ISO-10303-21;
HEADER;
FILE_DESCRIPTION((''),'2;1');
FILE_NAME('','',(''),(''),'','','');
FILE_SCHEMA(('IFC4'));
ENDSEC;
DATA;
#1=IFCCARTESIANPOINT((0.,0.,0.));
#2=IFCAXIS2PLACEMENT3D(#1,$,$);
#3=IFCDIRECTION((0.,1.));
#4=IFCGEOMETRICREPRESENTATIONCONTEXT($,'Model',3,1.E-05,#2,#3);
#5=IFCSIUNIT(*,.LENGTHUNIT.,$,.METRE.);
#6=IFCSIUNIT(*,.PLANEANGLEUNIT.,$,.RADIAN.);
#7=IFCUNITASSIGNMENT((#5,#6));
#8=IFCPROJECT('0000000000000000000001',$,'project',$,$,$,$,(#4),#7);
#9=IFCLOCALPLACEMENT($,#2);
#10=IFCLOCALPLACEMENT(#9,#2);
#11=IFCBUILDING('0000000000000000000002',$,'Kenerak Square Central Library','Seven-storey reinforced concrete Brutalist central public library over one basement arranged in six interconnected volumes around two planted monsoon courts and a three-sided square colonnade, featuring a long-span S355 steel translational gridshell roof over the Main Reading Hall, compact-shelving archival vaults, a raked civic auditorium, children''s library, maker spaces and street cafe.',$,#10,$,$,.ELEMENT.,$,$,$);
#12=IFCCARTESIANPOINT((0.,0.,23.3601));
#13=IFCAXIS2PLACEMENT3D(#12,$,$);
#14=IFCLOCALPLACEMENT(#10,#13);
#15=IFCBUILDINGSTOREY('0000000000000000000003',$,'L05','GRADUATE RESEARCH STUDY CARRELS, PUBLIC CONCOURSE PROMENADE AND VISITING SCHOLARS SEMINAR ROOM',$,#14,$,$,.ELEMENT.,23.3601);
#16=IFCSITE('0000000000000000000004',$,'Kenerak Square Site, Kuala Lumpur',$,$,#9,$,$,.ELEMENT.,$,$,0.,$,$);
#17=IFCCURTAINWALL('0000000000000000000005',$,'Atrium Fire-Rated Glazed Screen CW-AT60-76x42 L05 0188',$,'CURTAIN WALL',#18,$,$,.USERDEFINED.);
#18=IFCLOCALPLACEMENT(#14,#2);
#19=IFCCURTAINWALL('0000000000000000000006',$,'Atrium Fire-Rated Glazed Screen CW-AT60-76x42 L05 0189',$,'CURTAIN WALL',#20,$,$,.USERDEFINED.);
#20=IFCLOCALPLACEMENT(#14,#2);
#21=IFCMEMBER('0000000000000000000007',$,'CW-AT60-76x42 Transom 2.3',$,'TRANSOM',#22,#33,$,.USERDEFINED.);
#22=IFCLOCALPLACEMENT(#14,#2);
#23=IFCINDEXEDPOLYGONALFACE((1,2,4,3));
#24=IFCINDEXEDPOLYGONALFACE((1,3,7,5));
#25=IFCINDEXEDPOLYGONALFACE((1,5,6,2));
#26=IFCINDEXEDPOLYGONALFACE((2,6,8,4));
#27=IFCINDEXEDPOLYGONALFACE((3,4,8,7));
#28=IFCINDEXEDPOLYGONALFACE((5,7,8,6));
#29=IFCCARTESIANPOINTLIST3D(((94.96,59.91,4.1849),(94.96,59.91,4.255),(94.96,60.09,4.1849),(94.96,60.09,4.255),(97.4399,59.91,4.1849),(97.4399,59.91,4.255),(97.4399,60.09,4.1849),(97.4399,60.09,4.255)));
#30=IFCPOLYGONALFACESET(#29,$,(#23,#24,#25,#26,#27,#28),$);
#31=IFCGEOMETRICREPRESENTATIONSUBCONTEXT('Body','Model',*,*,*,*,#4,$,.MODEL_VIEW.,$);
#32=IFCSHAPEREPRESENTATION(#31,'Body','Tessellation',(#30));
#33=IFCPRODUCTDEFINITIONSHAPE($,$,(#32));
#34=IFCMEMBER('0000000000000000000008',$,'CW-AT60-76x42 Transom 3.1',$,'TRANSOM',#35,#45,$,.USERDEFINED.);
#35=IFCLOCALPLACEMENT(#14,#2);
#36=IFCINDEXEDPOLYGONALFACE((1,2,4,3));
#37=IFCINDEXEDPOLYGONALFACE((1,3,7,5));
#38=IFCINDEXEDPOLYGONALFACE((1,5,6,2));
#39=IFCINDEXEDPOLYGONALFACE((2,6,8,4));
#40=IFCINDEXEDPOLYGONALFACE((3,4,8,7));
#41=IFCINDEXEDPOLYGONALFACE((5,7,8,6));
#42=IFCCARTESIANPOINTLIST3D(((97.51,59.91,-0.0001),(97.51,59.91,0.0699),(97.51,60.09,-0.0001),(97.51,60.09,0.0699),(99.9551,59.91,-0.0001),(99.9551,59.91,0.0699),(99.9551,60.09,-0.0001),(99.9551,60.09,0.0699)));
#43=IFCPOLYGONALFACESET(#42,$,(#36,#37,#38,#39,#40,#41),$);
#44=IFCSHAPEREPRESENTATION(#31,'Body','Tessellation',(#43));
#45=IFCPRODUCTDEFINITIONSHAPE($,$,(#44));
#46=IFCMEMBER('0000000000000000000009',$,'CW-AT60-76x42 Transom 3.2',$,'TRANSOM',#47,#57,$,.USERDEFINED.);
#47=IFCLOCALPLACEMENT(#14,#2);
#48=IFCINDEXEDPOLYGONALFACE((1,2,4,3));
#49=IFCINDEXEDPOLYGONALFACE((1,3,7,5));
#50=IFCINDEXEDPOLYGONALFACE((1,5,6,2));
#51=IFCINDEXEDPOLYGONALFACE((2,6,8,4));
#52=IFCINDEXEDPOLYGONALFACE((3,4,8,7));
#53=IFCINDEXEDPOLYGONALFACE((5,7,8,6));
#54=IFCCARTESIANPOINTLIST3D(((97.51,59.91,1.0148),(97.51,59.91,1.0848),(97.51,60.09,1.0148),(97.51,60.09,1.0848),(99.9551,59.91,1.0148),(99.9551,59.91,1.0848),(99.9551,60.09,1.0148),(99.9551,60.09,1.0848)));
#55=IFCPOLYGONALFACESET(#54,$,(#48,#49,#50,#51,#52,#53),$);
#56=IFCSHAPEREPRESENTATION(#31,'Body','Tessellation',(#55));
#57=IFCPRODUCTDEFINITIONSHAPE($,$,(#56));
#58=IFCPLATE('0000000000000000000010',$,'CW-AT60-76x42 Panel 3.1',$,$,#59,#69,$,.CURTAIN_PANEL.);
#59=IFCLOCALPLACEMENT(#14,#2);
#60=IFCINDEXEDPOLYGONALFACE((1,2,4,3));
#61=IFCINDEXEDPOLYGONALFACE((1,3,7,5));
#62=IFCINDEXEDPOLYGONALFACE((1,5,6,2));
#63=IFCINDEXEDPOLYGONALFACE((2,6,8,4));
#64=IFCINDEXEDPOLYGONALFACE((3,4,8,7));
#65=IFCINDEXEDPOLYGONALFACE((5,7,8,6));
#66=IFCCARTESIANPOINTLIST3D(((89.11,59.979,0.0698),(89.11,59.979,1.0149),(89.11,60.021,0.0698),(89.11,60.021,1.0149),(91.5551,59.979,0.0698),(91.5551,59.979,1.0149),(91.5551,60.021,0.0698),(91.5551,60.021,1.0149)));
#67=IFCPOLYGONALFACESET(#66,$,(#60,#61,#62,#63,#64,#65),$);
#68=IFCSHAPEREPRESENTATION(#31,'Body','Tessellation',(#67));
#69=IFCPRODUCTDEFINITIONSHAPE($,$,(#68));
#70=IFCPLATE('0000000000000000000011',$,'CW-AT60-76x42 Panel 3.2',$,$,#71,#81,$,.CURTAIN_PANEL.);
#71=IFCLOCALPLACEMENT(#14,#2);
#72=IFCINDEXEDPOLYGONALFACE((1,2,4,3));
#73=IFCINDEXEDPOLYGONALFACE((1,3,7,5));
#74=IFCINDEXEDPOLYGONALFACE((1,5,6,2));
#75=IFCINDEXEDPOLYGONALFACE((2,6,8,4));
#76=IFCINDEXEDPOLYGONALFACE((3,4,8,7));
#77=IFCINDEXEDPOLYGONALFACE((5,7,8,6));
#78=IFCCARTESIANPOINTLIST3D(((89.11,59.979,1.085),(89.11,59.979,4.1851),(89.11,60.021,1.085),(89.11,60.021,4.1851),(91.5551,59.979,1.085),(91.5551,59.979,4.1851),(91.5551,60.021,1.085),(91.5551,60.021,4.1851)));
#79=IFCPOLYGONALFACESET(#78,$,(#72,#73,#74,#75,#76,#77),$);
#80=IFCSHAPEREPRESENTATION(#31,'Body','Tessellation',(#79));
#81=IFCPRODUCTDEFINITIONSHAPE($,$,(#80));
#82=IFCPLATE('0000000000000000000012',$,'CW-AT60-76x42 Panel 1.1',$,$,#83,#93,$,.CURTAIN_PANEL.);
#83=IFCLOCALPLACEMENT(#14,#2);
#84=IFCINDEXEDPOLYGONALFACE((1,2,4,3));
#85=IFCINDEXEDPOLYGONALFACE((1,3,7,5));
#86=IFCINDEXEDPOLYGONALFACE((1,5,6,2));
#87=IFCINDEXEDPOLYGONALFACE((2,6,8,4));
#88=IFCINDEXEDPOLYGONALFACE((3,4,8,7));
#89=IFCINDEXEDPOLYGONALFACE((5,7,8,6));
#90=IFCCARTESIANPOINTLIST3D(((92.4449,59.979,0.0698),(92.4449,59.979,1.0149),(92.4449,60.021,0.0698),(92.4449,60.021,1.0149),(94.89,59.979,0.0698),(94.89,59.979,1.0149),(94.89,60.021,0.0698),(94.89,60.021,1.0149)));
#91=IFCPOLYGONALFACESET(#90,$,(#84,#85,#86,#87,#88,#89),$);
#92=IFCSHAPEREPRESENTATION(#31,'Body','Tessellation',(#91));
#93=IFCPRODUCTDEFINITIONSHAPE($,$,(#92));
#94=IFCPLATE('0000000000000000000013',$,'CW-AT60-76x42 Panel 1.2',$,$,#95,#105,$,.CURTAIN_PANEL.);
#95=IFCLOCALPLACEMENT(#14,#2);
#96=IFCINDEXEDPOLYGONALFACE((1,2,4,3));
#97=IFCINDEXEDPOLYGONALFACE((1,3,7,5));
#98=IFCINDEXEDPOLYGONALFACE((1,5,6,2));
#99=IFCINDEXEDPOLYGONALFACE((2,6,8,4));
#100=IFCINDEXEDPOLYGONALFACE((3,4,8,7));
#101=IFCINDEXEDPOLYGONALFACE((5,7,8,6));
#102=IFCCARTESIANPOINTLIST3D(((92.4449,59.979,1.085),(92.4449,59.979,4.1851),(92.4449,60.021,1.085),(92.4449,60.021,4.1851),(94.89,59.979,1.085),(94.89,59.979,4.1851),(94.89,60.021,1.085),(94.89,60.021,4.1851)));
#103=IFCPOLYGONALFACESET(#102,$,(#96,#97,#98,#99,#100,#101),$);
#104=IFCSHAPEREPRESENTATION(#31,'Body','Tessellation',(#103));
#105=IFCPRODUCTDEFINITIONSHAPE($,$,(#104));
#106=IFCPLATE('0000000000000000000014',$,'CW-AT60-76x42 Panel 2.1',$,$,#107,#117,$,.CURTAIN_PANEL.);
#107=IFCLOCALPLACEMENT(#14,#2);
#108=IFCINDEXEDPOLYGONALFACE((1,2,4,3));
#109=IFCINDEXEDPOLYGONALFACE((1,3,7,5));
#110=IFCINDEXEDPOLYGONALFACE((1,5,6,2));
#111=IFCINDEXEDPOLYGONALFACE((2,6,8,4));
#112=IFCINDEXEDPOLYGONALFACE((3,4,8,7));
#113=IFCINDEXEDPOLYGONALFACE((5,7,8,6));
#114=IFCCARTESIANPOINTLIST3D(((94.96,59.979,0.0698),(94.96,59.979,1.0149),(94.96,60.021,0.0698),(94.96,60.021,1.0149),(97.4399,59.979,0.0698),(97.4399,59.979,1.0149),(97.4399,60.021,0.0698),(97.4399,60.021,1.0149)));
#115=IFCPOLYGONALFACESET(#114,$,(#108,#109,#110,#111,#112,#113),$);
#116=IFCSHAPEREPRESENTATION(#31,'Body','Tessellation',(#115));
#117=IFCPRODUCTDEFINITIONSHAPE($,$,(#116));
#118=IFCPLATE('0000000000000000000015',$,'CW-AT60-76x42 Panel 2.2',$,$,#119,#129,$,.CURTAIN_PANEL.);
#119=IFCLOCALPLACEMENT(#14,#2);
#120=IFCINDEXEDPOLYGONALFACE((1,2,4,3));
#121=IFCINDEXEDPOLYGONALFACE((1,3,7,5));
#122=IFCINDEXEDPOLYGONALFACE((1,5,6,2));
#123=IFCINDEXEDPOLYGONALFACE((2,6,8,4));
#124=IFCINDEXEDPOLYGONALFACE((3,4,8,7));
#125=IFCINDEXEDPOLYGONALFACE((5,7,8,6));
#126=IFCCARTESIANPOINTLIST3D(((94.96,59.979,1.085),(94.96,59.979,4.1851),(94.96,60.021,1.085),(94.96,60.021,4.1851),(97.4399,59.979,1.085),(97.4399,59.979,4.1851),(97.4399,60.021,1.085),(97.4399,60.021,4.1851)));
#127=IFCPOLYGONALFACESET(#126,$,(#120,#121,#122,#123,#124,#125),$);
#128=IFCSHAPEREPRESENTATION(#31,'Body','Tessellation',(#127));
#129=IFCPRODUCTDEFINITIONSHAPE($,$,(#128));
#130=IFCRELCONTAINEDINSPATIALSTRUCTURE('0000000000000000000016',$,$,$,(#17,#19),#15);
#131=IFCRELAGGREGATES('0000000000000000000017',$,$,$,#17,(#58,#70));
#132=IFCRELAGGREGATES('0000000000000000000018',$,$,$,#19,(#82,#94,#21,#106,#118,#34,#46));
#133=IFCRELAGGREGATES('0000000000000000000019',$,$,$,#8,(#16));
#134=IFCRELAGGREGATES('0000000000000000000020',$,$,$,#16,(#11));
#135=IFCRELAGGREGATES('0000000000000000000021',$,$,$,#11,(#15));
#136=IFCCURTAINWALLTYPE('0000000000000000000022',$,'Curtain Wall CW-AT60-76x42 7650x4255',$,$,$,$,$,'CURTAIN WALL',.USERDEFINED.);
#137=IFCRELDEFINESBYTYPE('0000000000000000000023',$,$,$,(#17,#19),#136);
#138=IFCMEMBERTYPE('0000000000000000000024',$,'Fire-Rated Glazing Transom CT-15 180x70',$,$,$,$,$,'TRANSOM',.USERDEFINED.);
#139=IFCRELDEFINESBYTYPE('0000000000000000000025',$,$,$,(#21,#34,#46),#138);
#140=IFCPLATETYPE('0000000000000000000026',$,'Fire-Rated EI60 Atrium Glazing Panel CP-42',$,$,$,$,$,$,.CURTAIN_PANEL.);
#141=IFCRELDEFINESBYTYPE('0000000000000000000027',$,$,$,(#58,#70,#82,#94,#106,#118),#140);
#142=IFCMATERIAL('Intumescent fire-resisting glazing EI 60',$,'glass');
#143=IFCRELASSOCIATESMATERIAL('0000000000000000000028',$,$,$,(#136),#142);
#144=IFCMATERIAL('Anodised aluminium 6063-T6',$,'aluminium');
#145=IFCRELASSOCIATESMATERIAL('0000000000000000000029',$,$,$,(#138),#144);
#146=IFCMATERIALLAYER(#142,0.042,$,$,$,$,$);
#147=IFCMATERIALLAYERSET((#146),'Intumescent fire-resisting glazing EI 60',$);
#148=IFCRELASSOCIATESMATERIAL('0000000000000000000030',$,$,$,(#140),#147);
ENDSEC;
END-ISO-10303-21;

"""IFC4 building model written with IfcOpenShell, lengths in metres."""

from ifc_helpers import new_model, si_unit, direction, frame, origin, origin_2d, place, context, subcontext, project, spatial, rectangle, extrude, material, layer, layer_set, material_profile, profile_set, type_object, element, aggregate, save


model = new_model("IFC4")

# Units and contexts
model_context = context("Model", 3, precision=1e-05, world=origin(), true_north=direction((0.0, 1.0)))
body_context = subcontext(model_context, "Body", "Model", "MODEL_VIEW")
ifc_project = project(units=[si_unit("LENGTHUNIT", "METRE"), si_unit("PLANEANGLEUNIT", "RADIAN")], contexts=[model_context])

# Site, building, storey
site_placement = place(None, origin())
site = spatial("IfcSite", under=ifc_project, at=site_placement, Name="Kenerak Square Site, Kuala Lumpur", CompositionType="ELEMENT", RefElevation=0.0)
building_placement = place(site_placement, origin())
building = spatial("IfcBuilding", under=site, at=building_placement, Name="Kenerak Square Central Library", Description="Seven-storey reinforced concrete Brutalist central public library over one basement arranged in six interconnected volumes around two planted monsoon courts and a three-sided square colonnade, featuring a long-span S355 steel translational gridshell roof over the Main Reading Hall, compact-shelving archival vaults, a raked civic auditorium, children's library, maker spaces and street cafe.", CompositionType="ELEMENT")
storey_placement = place(building_placement, frame((0.0, 0.0, 23.3601)))
storey = spatial("IfcBuildingStorey", under=building, at=storey_placement, Name="L05", Description="GRADUATE RESEARCH STUDY CARRELS, PUBLIC CONCOURSE PROMENADE AND VISITING SCHOLARS SEMINAR ROOM", CompositionType="ELEMENT", Elevation=23.3601)

# Curtain wall
ifc_material_1 = material(Name="Intumescent fire-resisting glazing EI 60", Category="glass")
curtain_wall_type = type_object("IfcCurtainWallType", Name="Curtain Wall CW-AT60-76x42 7650x4255", ElementType="CURTAIN WALL", PredefinedType="USERDEFINED", material=ifc_material_1)
curtain_wall_1_placement = place(storey_placement, origin())
curtain_wall_1 = element("IfcCurtainWall", 1, at=curtain_wall_1_placement, inside=storey, type_object=curtain_wall_type, Name="Atrium Fire-Rated Glazed Screen CW-AT60-76x42 L05 0188", ObjectType="CURTAIN WALL", PredefinedType="USERDEFINED")
ifc_material_2 = material(Name="Anodised aluminium 6063-T6", Category="aluminium")

# Curtain wall
curtain_wall_2_placement = place(storey_placement, origin())
curtain_wall_2 = element("IfcCurtainWall", 2, at=curtain_wall_2_placement, inside=storey, type_object=curtain_wall_type, Name="Atrium Fire-Rated Glazed Screen CW-AT60-76x42 L05 0189", ObjectType="CURTAIN WALL", PredefinedType="USERDEFINED")

# Members
ifc_material_profile_1 = material_profile(ifc_material_2, rectangle(XDim=0.1799, YDim=0.0701, at=origin_2d()), Name="AL TRANSOM 180x70")
ifc_profile_set_1 = profile_set([ifc_material_profile_1], Name="Anodised aluminium 6063-T6")
member_type_1 = type_object("IfcMemberType", Name="Fire-Rated Glazing Transom CT-15 180x70", ElementType="TRANSOM", PredefinedType="USERDEFINED", material=ifc_profile_set_1)
member_1_placement = place(storey_placement, frame((94.96, 60.0, 4.22), z_axis=(1.0, 0.0, 0.0), x_axis=(0.0, 1.0, 0.0)))
member_1 = element("IfcMember", 3, at=member_1_placement, type_object=member_type_1, Name="CW-AT60-76x42 Transom 2.3", ObjectType="TRANSOM", PredefinedType="USERDEFINED", context=body_context, shape_type="SweptSolid", body=[
    extrude(rectangle(XDim=0.1799, YDim=0.0701, at=origin_2d()), origin(), (0.0, 0.0, 1.0), 2.48),
])
member_2_placement = place(storey_placement, frame((97.51, 60.0, 0.0349), z_axis=(1.0, 0.0, 0.0), x_axis=(0.0, 1.0, 0.0)))
member_2 = element("IfcMember", 4, at=member_2_placement, type_object=member_type_1, Name="CW-AT60-76x42 Transom 3.1", ObjectType="TRANSOM", PredefinedType="USERDEFINED", context=body_context, shape_type="SweptSolid", body=[
    extrude(rectangle(XDim=0.1799, YDim=0.0701, at=origin_2d()), origin(), (0.0, 0.0, 1.0), 2.4451),
])
member_3_placement = place(storey_placement, frame((97.51, 60.0, 1.0498), z_axis=(1.0, 0.0, 0.0), x_axis=(0.0, 1.0, 0.0)))
member_3 = element("IfcMember", 5, at=member_3_placement, type_object=member_type_1, Name="CW-AT60-76x42 Transom 3.2", ObjectType="TRANSOM", PredefinedType="USERDEFINED", context=body_context, shape_type="SweptSolid", body=[
    extrude(rectangle(XDim=0.1799, YDim=0.0701, at=origin_2d()), origin(), (0.0, 0.0, 1.0), 2.4451),
])

# Plates
ifc_layer = layer(ifc_material_1, 0.042)
ifc_layer_set = layer_set([ifc_layer], Name="Intumescent fire-resisting glazing EI 60")
plate_type = type_object("IfcPlateType", Name="Fire-Rated EI60 Atrium Glazing Panel CP-42", PredefinedType="CURTAIN_PANEL", material=ifc_layer_set)
plate_1_placement = place(storey_placement, frame((90.3325, 60.0, 0.0698), z_axis=(0.0, 0.0, 1.0), x_axis=(1.0, 0.0, 0.0)))
plate_1 = element("IfcPlate", 6, at=plate_1_placement, type_object=plate_type, Name="CW-AT60-76x42 Panel 3.1", PredefinedType="CURTAIN_PANEL", context=body_context, shape_type="SweptSolid", body=[
    extrude(rectangle(XDim=2.4451, YDim=0.042, at=origin_2d()), origin(), (0.0, 0.0, 1.0), 0.9451),
])
plate_2_placement = place(storey_placement, frame((90.3325, 60.0, 1.085), z_axis=(0.0, 0.0, 1.0), x_axis=(1.0, 0.0, 0.0)))
plate_2 = element("IfcPlate", 7, at=plate_2_placement, type_object=plate_type, Name="CW-AT60-76x42 Panel 3.2", PredefinedType="CURTAIN_PANEL", context=body_context, shape_type="SweptSolid", body=[
    extrude(rectangle(XDim=2.4451, YDim=0.042, at=origin_2d()), origin(), (0.0, 0.0, 1.0), 3.1001),
])
aggregate(curtain_wall_1, [plate_1, plate_2])
plate_3_placement = place(storey_placement, frame((93.6675, 60.0, 0.0698), z_axis=(0.0, 0.0, 1.0), x_axis=(1.0, 0.0, 0.0)))
plate_3 = element("IfcPlate", 8, at=plate_3_placement, type_object=plate_type, Name="CW-AT60-76x42 Panel 1.1", PredefinedType="CURTAIN_PANEL", context=body_context, shape_type="SweptSolid", body=[
    extrude(rectangle(XDim=2.4451, YDim=0.042, at=origin_2d()), origin(), (0.0, 0.0, 1.0), 0.9451),
])
plate_4_placement = place(storey_placement, frame((93.6675, 60.0, 1.085), z_axis=(0.0, 0.0, 1.0), x_axis=(1.0, 0.0, 0.0)))
plate_4 = element("IfcPlate", 9, at=plate_4_placement, type_object=plate_type, Name="CW-AT60-76x42 Panel 1.2", PredefinedType="CURTAIN_PANEL", context=body_context, shape_type="SweptSolid", body=[
    extrude(rectangle(XDim=2.4451, YDim=0.042, at=origin_2d()), origin(), (0.0, 0.0, 1.0), 3.1001),
])
plate_5_placement = place(storey_placement, frame((96.2, 60.0, 0.0698), z_axis=(0.0, 0.0, 1.0), x_axis=(1.0, 0.0, 0.0)))
plate_5 = element("IfcPlate", 10, at=plate_5_placement, type_object=plate_type, Name="CW-AT60-76x42 Panel 2.1", PredefinedType="CURTAIN_PANEL", context=body_context, shape_type="SweptSolid", body=[
    extrude(rectangle(XDim=2.48, YDim=0.042, at=origin_2d()), origin(), (0.0, 0.0, 1.0), 0.9451),
])
plate_6_placement = place(storey_placement, frame((96.2, 60.0, 1.085), z_axis=(0.0, 0.0, 1.0), x_axis=(1.0, 0.0, 0.0)))
plate_6 = element("IfcPlate", 11, at=plate_6_placement, type_object=plate_type, Name="CW-AT60-76x42 Panel 2.2", PredefinedType="CURTAIN_PANEL", context=body_context, shape_type="SweptSolid", body=[
    extrude(rectangle(XDim=2.48, YDim=0.042, at=origin_2d()), origin(), (0.0, 0.0, 1.0), 3.1001),
])
aggregate(curtain_wall_2, [plate_3, plate_4, member_1, plate_5, plate_6, member_2, member_3])

save(model, "model.ifc")
